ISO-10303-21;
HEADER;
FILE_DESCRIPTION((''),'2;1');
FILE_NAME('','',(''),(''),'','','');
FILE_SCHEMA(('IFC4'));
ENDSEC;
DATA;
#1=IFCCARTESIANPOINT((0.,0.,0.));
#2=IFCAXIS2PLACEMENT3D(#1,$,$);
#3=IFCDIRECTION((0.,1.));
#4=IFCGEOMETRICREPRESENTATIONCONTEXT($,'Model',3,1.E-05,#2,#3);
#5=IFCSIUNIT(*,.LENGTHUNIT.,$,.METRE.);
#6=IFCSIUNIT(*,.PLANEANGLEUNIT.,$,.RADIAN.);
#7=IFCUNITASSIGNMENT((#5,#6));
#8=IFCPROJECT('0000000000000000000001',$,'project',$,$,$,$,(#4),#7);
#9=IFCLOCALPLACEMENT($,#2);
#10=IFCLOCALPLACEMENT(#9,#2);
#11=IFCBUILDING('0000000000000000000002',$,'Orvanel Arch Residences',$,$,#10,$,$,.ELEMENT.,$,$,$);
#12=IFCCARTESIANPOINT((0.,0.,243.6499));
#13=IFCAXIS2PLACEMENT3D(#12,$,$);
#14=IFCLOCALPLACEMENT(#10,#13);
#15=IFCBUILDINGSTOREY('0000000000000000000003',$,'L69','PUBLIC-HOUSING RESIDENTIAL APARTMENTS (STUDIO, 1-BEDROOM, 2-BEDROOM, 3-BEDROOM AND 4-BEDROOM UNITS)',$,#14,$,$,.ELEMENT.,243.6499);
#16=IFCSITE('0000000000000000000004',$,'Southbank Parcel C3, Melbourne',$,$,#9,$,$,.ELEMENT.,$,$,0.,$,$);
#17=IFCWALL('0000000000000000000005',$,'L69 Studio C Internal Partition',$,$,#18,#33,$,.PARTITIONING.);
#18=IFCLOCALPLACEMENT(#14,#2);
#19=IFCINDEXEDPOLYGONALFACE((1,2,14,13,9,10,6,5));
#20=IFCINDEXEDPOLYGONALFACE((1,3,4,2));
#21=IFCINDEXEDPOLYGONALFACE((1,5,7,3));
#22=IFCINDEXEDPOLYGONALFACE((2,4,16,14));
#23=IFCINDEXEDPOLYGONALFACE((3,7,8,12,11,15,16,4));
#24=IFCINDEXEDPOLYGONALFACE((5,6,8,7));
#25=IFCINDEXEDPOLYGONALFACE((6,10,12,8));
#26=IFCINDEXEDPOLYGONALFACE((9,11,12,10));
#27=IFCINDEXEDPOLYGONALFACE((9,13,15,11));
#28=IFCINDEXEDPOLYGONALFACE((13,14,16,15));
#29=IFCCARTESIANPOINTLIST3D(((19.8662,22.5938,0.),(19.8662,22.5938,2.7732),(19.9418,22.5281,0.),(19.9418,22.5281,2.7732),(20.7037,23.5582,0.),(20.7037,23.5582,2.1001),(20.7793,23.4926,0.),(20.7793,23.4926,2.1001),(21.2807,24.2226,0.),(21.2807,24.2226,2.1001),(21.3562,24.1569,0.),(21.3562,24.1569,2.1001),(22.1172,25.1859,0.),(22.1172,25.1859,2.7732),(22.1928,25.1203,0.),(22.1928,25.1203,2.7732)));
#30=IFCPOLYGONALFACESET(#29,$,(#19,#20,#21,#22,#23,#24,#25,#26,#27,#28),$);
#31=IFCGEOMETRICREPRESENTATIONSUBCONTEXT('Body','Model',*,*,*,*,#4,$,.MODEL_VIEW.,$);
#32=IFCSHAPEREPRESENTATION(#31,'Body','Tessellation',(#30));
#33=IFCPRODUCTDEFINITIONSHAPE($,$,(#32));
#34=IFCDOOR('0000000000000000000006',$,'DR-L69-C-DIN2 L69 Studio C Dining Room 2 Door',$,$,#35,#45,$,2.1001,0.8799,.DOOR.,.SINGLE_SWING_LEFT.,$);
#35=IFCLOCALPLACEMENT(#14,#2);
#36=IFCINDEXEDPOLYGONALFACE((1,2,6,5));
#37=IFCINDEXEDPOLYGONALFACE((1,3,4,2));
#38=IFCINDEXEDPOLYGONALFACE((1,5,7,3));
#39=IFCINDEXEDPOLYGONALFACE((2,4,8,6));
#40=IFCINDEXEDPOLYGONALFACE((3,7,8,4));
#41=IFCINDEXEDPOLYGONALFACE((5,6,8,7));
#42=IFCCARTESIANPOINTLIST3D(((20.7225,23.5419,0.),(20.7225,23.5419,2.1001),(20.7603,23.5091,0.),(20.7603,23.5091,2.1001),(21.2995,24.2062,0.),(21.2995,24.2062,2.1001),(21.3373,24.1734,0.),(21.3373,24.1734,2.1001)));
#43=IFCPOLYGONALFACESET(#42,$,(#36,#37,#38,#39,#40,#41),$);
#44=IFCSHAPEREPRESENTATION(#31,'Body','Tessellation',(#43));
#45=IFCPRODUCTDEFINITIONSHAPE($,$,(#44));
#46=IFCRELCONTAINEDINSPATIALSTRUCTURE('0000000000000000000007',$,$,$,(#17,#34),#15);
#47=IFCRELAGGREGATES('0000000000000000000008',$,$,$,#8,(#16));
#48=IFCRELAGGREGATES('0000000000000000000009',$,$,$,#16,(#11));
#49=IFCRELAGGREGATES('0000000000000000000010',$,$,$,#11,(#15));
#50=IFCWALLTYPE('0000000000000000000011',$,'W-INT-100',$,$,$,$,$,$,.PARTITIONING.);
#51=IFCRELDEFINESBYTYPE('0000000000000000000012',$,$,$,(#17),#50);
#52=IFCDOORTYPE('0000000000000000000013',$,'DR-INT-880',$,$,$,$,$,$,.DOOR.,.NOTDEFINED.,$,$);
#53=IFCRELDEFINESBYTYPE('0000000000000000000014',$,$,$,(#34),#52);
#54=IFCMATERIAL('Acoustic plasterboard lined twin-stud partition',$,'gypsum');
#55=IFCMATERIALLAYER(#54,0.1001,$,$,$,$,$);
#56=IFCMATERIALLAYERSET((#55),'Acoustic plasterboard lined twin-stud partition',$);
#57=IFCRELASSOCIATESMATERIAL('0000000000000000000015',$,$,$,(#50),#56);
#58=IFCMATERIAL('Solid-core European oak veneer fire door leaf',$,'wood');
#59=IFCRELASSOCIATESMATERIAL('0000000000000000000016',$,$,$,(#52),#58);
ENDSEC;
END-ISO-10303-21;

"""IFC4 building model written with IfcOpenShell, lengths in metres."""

from ifc_helpers import new_model, si_unit, direction, frame, frame_2d, origin, place, context, subcontext, project, spatial, rectangle, extrude, material, layer, layer_set, type_object, element, fill, save


model = new_model("IFC4")

# Units and contexts
model_context = context("Model", 3, precision=1e-05, world=origin(), true_north=direction((0.0, 1.0)))
body_context = subcontext(model_context, "Body", "Model", "MODEL_VIEW")
ifc_project = project(units=[si_unit("LENGTHUNIT", "METRE"), si_unit("PLANEANGLEUNIT", "RADIAN")], contexts=[model_context])

# Site, building, storey
site_placement = place(None, origin())
site = spatial("IfcSite", under=ifc_project, at=site_placement, Name="Southbank Parcel C3, Melbourne", CompositionType="ELEMENT", RefElevation=0.0)
building_placement = place(site_placement, origin())
building = spatial("IfcBuilding", under=site, at=building_placement, Name="Orvanel Arch Residences", CompositionType="ELEMENT")
storey_placement = place(building_placement, frame((0.0, 0.0, 243.6499)))
storey = spatial("IfcBuildingStorey", under=building, at=storey_placement, Name="L69", Description="PUBLIC-HOUSING RESIDENTIAL APARTMENTS (STUDIO, 1-BEDROOM, 2-BEDROOM, 3-BEDROOM AND 4-BEDROOM UNITS)", CompositionType="ELEMENT", Elevation=243.6499)

# Shared definitions
ifc_material_1 = material(Name="Solid-core European oak veneer fire door leaf", Category="wood")

# Shared definitions
ifc_material_2 = material(Name="Acoustic plasterboard lined twin-stud partition", Category="gypsum")
ifc_layer_1 = layer(ifc_material_2, 0.1001)
ifc_layer_set_1 = layer_set([ifc_layer_1], Name="Acoustic plasterboard lined twin-stud partition")
wall_type_1 = type_object("IfcWallType", Name="W-INT-100", PredefinedType="PARTITIONING", material=ifc_layer_set_1)

# Wall, opening, door
wall_1_placement = place(storey_placement, frame((22.155, 25.1531, 0.0), z_axis=(0.0, 0.0, 1.0), x_axis=(-0.655686, -0.755034, 0.0)))
wall_1 = element("IfcWall", 1, at=wall_1_placement, inside=storey, type_object=wall_type_1, Name="L69 Studio C Internal Partition", PredefinedType="PARTITIONING", context=body_context, shape_type="SweptSolid", body=[
    extrude(rectangle(XDim=3.4331, YDim=0.1001, at=frame_2d((1.7166, 0.0))), origin(), (0.0, 0.0, 1.0), 2.7732),
])
opening_1_placement = place(wall_1_placement, frame((1.2759, 0.0, 0.0)))
opening_1 = element("IfcOpeningElement", 2, at=opening_1_placement, cuts=wall_1, PredefinedType="OPENING", context=body_context, shape_type="SweptSolid", body=[
    extrude(rectangle(XDim=0.8799, YDim=2.1001, at=frame_2d((0.4399, 1.05))), frame((0.0, 0.0601, 0.0), z_axis=(0.0, -1.0, 0.0), x_axis=(1.0, 0.0, 0.0)), (0.0, 0.0, 1.0), 0.1201),
])
door_type_1 = type_object("IfcDoorType", Name="DR-INT-880", OperationType="NOTDEFINED", PredefinedType="DOOR", material=ifc_material_1)
door_1_placement = place(opening_1_placement, origin())
door_1 = element("IfcDoor", 3, at=door_1_placement, inside=storey, type_object=door_type_1, Name="DR-L69-C-DIN2 L69 Studio C Dining Room 2 Door", OperationType="SINGLE_SWING_LEFT", OverallHeight=2.1001, OverallWidth=0.8799, PredefinedType="DOOR", context=body_context, shape_type="SweptSolid", body=[
    extrude(rectangle(XDim=0.8799, YDim=2.1001, at=frame_2d((0.4399, 1.05))), frame((0.0, 0.0249, 0.0), z_axis=(0.0, -1.0, 0.0), x_axis=(1.0, 0.0, 0.0)), (0.0, 0.0, 1.0), 0.05),
])
fill(opening_1, door_1)

save(model, "model.ifc")
